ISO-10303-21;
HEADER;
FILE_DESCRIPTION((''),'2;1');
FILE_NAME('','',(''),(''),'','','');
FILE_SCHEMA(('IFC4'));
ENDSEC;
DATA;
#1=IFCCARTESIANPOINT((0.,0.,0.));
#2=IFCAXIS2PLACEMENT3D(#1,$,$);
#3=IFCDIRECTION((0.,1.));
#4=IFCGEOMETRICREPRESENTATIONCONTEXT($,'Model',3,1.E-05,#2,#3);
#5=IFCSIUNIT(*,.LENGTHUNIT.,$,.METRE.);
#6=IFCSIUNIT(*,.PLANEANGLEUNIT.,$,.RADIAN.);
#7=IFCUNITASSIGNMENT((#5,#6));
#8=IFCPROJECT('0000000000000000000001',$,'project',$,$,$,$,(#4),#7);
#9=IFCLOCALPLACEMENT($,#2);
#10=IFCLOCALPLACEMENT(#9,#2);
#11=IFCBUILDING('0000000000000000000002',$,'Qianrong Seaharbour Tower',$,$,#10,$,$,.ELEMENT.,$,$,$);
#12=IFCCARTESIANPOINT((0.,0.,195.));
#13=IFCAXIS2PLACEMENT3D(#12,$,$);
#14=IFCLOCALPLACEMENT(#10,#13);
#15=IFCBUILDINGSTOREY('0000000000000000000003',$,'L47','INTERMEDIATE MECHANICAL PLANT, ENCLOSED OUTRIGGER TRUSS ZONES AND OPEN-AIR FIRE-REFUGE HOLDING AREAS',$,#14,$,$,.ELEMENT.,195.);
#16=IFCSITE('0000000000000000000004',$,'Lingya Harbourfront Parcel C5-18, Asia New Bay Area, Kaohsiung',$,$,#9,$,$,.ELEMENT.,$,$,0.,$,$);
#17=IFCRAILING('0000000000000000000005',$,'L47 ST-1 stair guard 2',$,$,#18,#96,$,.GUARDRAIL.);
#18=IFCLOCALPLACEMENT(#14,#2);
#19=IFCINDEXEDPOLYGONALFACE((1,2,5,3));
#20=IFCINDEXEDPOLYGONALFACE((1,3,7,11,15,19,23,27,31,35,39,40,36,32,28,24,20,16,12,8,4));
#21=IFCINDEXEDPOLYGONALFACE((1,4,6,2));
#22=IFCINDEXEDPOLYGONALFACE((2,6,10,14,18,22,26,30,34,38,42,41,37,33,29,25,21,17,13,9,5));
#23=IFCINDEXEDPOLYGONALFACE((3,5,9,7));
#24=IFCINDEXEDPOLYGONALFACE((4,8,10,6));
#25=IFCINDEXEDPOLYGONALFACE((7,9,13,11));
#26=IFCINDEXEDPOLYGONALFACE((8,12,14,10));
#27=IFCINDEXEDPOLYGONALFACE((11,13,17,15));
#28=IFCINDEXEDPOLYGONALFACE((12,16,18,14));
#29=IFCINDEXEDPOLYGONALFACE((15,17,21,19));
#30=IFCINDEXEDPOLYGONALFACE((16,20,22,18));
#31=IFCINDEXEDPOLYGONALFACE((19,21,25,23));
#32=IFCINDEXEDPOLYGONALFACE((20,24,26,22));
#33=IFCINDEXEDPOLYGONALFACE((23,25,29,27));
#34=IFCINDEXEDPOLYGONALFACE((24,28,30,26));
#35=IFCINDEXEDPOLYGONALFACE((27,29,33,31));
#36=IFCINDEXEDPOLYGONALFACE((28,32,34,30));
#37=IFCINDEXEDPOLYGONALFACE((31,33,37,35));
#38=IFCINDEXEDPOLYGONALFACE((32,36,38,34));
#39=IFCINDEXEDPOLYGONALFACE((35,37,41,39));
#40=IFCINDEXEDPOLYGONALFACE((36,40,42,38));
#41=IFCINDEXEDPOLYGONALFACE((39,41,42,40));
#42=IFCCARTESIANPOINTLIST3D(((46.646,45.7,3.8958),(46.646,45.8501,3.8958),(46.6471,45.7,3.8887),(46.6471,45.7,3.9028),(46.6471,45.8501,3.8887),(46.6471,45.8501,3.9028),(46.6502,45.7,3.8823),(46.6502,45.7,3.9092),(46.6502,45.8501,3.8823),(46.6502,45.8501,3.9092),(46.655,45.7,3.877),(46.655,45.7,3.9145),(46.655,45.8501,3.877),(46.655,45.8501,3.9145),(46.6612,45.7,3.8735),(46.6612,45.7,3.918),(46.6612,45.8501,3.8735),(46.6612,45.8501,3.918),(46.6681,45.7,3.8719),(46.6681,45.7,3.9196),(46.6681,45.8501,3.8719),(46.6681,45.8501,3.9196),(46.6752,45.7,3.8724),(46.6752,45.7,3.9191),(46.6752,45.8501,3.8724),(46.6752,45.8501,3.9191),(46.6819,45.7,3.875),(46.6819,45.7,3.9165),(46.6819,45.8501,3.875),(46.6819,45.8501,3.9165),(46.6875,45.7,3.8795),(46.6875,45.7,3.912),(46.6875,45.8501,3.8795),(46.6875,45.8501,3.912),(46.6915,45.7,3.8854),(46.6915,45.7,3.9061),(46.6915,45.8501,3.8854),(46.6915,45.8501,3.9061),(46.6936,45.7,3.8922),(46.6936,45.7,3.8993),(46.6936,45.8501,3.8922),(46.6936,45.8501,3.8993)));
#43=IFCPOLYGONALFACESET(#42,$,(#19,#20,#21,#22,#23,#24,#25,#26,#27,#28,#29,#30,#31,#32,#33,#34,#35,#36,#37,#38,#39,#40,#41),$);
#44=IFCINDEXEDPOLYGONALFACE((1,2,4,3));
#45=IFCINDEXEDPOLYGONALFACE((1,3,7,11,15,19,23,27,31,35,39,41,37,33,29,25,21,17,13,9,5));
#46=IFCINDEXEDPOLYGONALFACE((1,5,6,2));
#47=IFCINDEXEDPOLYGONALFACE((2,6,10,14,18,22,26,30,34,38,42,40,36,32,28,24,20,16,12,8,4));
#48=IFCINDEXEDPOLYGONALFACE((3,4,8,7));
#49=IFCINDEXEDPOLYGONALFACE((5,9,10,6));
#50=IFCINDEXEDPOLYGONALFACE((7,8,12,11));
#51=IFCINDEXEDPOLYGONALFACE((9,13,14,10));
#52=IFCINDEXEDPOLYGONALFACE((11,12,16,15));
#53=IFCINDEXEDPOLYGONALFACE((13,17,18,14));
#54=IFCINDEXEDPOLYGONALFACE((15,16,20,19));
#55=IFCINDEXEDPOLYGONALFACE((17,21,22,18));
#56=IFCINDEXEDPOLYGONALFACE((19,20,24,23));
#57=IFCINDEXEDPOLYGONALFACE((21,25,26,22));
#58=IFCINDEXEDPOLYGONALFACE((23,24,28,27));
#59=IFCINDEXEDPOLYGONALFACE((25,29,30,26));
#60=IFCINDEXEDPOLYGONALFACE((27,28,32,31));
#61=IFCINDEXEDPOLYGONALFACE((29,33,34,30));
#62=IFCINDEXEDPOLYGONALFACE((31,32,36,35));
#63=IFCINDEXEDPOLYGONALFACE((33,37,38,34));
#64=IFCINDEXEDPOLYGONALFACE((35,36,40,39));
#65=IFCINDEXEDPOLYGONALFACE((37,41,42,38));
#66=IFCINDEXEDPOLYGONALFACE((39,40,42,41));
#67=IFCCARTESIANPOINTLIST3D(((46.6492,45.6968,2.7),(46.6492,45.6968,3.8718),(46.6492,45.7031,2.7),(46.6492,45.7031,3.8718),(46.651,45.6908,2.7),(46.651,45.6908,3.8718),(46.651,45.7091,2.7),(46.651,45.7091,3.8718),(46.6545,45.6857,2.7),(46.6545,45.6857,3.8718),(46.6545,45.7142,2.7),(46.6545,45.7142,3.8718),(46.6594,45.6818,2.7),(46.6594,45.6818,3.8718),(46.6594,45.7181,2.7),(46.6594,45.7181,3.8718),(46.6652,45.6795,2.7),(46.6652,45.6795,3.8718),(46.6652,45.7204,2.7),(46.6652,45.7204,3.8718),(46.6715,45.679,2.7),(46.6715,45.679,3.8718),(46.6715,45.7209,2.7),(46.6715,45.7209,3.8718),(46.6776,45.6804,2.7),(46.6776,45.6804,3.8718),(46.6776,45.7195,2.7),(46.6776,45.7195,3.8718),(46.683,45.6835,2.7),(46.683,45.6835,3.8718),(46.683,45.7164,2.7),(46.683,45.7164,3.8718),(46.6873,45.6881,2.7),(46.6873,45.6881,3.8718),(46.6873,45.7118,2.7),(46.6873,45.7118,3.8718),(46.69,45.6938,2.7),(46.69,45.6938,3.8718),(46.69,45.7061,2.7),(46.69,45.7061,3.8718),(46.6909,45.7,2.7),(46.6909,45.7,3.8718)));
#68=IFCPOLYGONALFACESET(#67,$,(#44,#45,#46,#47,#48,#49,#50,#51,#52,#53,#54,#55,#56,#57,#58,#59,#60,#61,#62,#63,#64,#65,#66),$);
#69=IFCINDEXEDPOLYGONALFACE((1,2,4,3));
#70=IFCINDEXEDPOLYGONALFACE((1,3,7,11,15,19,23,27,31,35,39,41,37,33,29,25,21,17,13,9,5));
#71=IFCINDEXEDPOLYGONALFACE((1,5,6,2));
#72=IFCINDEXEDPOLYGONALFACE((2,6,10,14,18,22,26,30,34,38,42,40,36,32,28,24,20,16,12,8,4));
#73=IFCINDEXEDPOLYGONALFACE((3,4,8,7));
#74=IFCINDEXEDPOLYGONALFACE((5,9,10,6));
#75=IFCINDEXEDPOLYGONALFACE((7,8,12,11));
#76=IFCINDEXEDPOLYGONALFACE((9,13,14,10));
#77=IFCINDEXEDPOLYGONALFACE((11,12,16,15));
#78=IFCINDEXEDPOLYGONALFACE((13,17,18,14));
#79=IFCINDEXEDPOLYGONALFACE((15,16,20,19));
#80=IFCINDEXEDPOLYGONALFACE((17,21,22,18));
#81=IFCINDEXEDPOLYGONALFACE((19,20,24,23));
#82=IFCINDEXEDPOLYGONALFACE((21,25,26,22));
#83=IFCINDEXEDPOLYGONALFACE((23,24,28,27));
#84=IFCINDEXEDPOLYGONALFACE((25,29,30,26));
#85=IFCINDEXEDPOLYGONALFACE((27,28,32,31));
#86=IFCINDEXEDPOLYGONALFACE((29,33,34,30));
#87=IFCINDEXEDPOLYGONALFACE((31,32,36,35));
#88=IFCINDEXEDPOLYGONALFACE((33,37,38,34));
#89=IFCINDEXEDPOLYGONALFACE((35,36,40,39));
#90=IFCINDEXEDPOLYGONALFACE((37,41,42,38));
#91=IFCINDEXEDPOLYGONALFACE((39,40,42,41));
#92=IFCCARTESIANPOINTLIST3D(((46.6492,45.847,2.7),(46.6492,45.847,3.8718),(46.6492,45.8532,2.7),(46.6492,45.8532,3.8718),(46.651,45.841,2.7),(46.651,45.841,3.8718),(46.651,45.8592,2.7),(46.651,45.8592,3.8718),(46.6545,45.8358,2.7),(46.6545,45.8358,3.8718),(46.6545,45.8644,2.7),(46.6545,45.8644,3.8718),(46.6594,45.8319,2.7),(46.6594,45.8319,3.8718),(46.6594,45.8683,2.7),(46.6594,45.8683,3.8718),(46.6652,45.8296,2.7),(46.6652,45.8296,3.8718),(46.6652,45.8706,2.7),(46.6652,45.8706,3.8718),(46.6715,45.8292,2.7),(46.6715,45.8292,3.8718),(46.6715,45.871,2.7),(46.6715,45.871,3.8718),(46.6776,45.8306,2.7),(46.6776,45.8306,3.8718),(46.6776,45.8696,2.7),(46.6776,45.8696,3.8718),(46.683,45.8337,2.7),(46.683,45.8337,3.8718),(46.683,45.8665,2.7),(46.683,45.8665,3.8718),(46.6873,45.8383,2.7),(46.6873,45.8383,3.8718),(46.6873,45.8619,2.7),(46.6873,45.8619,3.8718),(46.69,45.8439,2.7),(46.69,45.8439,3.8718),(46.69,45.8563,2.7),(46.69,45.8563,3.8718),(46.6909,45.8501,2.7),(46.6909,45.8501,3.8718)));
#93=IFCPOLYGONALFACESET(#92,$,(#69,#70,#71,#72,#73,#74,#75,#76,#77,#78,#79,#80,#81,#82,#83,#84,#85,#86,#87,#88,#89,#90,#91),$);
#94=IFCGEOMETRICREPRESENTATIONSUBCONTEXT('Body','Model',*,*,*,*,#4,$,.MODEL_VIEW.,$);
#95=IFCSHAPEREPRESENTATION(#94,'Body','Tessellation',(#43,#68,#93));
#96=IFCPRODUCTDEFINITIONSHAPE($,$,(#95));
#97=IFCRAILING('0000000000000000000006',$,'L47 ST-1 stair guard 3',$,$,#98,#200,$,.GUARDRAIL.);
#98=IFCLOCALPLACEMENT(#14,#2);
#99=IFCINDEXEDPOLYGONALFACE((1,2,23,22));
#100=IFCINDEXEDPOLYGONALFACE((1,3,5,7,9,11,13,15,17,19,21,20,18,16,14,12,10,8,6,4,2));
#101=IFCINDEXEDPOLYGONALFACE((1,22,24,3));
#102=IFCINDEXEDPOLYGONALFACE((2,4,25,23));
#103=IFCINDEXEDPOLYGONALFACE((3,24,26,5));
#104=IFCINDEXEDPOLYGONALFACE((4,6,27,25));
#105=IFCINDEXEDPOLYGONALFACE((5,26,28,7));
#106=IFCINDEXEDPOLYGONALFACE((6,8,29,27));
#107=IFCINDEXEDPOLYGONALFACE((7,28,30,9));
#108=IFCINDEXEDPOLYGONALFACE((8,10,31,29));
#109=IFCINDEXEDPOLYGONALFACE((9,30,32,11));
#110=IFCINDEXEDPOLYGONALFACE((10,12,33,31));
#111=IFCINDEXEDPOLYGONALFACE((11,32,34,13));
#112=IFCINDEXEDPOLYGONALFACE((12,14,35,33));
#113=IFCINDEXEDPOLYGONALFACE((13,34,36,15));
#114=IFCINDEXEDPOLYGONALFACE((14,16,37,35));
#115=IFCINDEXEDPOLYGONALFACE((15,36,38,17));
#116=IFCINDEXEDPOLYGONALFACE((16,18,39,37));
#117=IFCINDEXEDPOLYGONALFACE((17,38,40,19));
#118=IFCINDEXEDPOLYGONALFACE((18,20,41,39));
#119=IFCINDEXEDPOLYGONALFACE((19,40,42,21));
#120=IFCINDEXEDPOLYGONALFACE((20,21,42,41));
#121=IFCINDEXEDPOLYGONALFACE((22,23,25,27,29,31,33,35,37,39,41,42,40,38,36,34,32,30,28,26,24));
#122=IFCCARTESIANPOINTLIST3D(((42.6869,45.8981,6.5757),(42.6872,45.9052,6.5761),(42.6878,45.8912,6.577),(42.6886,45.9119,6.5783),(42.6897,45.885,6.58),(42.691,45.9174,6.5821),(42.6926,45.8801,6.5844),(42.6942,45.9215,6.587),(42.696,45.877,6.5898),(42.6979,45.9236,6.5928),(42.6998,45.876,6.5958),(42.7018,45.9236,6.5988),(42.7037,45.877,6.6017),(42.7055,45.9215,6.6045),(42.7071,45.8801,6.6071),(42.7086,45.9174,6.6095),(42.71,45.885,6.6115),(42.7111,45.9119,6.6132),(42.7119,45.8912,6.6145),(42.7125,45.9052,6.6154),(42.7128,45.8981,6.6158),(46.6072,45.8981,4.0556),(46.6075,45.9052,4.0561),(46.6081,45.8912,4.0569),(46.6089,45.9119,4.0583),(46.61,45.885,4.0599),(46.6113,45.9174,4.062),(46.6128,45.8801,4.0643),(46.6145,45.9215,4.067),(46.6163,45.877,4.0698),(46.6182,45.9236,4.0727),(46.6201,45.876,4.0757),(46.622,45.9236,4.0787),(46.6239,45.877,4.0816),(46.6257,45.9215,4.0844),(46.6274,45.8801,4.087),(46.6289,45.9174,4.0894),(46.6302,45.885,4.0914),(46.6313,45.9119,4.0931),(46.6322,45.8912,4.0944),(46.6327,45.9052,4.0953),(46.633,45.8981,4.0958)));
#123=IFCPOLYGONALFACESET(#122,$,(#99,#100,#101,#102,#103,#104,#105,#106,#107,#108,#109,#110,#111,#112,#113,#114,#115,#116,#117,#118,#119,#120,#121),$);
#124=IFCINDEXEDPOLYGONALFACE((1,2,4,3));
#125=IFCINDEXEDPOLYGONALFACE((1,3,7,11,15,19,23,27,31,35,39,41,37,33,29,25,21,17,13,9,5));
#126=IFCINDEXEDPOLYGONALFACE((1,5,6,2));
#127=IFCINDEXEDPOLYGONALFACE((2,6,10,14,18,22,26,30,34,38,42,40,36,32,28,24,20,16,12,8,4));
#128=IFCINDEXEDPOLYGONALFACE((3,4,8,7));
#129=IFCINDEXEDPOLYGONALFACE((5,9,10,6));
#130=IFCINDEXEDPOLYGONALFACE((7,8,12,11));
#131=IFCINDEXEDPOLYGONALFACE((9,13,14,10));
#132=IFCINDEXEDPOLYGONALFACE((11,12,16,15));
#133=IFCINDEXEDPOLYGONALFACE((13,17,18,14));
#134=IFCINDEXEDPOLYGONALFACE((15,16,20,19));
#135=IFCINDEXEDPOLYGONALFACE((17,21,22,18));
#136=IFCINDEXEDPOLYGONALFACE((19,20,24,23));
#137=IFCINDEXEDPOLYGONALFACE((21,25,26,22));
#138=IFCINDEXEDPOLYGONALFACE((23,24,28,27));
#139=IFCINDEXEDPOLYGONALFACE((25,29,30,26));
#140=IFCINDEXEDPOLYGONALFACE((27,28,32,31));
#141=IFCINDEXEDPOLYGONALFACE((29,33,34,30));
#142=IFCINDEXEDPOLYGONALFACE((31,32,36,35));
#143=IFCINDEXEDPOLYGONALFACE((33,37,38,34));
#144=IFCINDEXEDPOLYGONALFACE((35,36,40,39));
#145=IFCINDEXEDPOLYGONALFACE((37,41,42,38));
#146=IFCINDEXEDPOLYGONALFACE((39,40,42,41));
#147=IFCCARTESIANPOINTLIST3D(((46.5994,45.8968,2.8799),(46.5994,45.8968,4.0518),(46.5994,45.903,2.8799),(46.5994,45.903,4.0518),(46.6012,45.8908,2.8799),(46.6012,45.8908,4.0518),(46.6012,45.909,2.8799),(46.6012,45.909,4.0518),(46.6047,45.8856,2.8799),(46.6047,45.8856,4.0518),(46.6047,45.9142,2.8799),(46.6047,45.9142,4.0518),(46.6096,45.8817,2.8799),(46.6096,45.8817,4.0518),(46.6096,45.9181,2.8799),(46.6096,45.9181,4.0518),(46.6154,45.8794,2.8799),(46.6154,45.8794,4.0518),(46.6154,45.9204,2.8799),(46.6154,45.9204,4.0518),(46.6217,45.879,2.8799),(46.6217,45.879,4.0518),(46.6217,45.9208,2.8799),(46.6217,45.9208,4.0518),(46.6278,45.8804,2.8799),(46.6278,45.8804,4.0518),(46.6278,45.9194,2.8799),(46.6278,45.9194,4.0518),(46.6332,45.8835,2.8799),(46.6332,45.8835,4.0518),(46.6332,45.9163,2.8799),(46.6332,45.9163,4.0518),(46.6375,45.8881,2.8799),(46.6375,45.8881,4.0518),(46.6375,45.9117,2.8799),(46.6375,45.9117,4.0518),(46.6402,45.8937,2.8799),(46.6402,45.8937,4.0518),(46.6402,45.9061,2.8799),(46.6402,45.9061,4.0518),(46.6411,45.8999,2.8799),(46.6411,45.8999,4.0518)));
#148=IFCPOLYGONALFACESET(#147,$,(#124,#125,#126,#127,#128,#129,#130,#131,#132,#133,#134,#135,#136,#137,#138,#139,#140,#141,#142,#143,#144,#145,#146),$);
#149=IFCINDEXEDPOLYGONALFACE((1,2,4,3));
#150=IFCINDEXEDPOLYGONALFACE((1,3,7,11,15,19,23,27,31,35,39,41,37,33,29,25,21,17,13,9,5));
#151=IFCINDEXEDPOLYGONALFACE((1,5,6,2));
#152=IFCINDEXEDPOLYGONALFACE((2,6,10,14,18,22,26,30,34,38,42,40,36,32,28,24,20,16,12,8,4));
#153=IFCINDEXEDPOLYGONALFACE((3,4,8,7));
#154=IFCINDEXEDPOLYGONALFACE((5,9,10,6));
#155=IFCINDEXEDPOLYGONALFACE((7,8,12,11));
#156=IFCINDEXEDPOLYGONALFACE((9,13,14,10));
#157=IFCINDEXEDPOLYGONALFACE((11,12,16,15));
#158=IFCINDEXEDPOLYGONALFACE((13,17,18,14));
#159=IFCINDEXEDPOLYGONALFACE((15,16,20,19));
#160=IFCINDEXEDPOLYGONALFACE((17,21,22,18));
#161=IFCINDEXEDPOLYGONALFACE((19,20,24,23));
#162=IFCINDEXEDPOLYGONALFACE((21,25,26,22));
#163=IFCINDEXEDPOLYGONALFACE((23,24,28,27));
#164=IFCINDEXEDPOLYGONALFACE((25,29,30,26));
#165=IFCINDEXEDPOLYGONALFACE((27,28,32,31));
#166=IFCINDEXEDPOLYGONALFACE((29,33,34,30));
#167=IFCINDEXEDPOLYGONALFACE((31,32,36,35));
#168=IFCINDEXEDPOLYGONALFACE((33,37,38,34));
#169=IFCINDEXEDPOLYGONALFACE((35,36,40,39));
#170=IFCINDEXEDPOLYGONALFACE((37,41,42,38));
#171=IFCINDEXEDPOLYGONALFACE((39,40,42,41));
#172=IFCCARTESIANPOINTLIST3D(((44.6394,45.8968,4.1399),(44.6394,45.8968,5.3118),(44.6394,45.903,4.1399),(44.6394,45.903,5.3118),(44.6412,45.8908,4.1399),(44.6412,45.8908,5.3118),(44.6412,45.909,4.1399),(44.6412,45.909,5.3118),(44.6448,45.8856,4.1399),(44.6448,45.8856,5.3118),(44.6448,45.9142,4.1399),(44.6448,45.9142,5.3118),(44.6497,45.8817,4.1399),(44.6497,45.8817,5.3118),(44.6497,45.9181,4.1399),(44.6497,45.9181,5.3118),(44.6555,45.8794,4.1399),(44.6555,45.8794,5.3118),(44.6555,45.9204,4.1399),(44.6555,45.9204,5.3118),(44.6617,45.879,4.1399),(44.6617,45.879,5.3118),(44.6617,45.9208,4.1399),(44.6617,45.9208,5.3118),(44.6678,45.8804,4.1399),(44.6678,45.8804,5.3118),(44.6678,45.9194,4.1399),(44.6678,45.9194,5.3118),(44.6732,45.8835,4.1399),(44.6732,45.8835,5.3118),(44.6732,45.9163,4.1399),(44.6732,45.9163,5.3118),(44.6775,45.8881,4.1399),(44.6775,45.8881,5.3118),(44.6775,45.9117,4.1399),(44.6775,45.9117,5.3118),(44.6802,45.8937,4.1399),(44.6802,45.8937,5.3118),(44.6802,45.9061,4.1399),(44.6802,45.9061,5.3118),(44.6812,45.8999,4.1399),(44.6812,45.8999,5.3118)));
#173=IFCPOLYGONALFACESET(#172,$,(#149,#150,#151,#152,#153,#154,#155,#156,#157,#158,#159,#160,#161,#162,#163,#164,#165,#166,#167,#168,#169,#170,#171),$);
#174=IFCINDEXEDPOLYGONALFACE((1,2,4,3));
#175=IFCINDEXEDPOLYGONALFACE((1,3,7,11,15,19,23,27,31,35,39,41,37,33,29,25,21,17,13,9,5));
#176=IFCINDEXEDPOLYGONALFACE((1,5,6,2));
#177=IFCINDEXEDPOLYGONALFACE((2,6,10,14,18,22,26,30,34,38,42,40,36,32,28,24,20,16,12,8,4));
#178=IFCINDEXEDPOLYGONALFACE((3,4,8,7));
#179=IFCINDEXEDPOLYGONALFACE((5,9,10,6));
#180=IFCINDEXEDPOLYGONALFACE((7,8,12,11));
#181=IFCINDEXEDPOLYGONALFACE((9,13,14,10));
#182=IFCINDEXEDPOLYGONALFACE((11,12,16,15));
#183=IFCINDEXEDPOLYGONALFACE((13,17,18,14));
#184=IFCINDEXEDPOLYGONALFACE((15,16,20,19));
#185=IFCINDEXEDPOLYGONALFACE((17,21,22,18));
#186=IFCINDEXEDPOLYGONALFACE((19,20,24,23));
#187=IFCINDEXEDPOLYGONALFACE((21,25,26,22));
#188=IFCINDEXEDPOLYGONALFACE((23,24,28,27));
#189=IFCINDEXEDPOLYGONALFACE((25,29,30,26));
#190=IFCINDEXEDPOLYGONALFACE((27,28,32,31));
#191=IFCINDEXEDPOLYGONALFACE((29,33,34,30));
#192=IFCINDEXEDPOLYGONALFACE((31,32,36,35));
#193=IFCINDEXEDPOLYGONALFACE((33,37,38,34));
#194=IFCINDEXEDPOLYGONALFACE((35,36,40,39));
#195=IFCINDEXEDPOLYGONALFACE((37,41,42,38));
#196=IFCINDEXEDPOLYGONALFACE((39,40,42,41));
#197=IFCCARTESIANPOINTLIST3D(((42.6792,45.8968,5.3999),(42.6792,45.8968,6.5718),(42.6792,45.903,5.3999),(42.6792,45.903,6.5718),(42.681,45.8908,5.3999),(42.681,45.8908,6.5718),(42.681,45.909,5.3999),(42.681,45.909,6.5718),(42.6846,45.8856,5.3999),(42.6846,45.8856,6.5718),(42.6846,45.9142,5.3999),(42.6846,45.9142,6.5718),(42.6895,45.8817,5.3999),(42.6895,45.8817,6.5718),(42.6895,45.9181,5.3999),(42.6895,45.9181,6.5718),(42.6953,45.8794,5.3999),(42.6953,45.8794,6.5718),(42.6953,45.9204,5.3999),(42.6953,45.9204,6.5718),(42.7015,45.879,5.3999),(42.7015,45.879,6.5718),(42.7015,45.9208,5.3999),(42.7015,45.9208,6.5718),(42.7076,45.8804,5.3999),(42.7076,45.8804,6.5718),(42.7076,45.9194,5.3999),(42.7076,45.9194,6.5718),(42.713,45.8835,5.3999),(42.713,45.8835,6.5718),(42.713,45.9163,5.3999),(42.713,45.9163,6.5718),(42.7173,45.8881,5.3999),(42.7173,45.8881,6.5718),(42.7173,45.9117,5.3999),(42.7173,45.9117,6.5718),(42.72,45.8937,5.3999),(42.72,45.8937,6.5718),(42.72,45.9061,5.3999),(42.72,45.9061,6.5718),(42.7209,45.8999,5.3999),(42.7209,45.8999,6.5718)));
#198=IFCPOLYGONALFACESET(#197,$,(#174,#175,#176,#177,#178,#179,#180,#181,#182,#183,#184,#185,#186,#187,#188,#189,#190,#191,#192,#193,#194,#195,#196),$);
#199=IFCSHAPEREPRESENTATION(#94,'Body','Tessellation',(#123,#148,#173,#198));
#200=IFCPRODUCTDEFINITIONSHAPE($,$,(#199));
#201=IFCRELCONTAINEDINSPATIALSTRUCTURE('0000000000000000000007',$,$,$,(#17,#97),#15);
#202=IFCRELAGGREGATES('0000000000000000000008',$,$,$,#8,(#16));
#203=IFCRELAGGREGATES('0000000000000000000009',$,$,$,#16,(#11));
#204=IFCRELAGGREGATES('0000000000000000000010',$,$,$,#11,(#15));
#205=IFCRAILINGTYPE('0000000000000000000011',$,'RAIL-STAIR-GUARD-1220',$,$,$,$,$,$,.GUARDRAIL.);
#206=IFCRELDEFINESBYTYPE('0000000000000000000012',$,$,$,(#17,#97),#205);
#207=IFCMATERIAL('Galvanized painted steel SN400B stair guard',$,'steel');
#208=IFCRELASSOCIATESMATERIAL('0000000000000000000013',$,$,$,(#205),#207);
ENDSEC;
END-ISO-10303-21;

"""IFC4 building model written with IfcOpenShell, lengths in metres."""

from ifc_helpers import new_model, si_unit, direction, frame, origin, origin_2d, place, context, subcontext, project, spatial, circle, extrude, material, type_object, element, save


model = new_model("IFC4")

# Units and contexts
model_context = context("Model", 3, precision=1e-05, world=origin(), true_north=direction((0.0, 1.0)))
body_context = subcontext(model_context, "Body", "Model", "MODEL_VIEW")
ifc_project = project(units=[si_unit("LENGTHUNIT", "METRE"), si_unit("PLANEANGLEUNIT", "RADIAN")], contexts=[model_context])

# Site, building, storey
site_placement = place(None, origin())
site = spatial("IfcSite", under=ifc_project, at=site_placement, Name="Lingya Harbourfront Parcel C5-18, Asia New Bay Area, Kaohsiung", CompositionType="ELEMENT", RefElevation=0.0)
building_placement = place(site_placement, origin())
building = spatial("IfcBuilding", under=site, at=building_placement, Name="Qianrong Seaharbour Tower", CompositionType="ELEMENT")
storey_placement = place(building_placement, frame((0.0, 0.0, 195.0)))
storey = spatial("IfcBuildingStorey", under=building, at=storey_placement, Name="L47", Description="INTERMEDIATE MECHANICAL PLANT, ENCLOSED OUTRIGGER TRUSS ZONES AND OPEN-AIR FIRE-REFUGE HOLDING AREAS", CompositionType="ELEMENT", Elevation=195.0)

# Railings
ifc_material_1 = material(Name="Galvanized painted steel SN400B stair guard", Category="steel")
railing_type_1 = type_object("IfcRailingType", Name="RAIL-STAIR-GUARD-1220", PredefinedType="GUARDRAIL", material=ifc_material_1)
railing_1_placement = place(storey_placement, frame((46.6699, 45.7, 2.7)))
element("IfcRailing", 1, at=railing_1_placement, inside=storey, type_object=railing_type_1, Name="L47 ST-1 stair guard 2", PredefinedType="GUARDRAIL", context=body_context, shape_type="SweptSolid", body=[
    extrude(circle(Radius=0.0239, at=origin_2d()), frame((0.0, 0.0, 1.1958), z_axis=(0.0, 1.0, 0.0), x_axis=(-1.0, 0.0, 0.0)), (0.0, 0.0, 1.0), 0.1501),
    extrude(circle(Radius=0.021, at=origin_2d()), origin(), (0.0, 0.0, 1.0), 1.1719),
    extrude(circle(Radius=0.021, at=origin_2d()), frame((0.0, 0.1501, 0.0)), (0.0, 0.0, 1.0), 1.1719),
])
railing_2_placement = place(storey_placement, frame((46.6201, 45.8999, 2.8799)))
element("IfcRailing", 2, at=railing_2_placement, inside=storey, type_object=railing_type_1, Name="L47 ST-1 stair guard 3", PredefinedType="GUARDRAIL", context=body_context, shape_type="SweptSolid", body=[
    extrude(circle(Radius=0.0239, at=origin_2d()), frame((0.0, 0.0, 1.1958), z_axis=(-0.841187, 0.0, 0.540744), x_axis=(0.0, -1.0, 0.0)), (0.0, 0.0, 1.0), 4.6604),
    extrude(circle(Radius=0.021, at=origin_2d()), origin(), (0.0, 0.0, 1.0), 1.1719),
    extrude(circle(Radius=0.021, at=origin_2d()), frame((-1.96, 0.0, 1.26)), (0.0, 0.0, 1.0), 1.1719),
    extrude(circle(Radius=0.021, at=origin_2d()), frame((-3.9202, 0.0, 2.52)), (0.0, 0.0, 1.0), 1.1719),
])

save(model, "model.ifc")
